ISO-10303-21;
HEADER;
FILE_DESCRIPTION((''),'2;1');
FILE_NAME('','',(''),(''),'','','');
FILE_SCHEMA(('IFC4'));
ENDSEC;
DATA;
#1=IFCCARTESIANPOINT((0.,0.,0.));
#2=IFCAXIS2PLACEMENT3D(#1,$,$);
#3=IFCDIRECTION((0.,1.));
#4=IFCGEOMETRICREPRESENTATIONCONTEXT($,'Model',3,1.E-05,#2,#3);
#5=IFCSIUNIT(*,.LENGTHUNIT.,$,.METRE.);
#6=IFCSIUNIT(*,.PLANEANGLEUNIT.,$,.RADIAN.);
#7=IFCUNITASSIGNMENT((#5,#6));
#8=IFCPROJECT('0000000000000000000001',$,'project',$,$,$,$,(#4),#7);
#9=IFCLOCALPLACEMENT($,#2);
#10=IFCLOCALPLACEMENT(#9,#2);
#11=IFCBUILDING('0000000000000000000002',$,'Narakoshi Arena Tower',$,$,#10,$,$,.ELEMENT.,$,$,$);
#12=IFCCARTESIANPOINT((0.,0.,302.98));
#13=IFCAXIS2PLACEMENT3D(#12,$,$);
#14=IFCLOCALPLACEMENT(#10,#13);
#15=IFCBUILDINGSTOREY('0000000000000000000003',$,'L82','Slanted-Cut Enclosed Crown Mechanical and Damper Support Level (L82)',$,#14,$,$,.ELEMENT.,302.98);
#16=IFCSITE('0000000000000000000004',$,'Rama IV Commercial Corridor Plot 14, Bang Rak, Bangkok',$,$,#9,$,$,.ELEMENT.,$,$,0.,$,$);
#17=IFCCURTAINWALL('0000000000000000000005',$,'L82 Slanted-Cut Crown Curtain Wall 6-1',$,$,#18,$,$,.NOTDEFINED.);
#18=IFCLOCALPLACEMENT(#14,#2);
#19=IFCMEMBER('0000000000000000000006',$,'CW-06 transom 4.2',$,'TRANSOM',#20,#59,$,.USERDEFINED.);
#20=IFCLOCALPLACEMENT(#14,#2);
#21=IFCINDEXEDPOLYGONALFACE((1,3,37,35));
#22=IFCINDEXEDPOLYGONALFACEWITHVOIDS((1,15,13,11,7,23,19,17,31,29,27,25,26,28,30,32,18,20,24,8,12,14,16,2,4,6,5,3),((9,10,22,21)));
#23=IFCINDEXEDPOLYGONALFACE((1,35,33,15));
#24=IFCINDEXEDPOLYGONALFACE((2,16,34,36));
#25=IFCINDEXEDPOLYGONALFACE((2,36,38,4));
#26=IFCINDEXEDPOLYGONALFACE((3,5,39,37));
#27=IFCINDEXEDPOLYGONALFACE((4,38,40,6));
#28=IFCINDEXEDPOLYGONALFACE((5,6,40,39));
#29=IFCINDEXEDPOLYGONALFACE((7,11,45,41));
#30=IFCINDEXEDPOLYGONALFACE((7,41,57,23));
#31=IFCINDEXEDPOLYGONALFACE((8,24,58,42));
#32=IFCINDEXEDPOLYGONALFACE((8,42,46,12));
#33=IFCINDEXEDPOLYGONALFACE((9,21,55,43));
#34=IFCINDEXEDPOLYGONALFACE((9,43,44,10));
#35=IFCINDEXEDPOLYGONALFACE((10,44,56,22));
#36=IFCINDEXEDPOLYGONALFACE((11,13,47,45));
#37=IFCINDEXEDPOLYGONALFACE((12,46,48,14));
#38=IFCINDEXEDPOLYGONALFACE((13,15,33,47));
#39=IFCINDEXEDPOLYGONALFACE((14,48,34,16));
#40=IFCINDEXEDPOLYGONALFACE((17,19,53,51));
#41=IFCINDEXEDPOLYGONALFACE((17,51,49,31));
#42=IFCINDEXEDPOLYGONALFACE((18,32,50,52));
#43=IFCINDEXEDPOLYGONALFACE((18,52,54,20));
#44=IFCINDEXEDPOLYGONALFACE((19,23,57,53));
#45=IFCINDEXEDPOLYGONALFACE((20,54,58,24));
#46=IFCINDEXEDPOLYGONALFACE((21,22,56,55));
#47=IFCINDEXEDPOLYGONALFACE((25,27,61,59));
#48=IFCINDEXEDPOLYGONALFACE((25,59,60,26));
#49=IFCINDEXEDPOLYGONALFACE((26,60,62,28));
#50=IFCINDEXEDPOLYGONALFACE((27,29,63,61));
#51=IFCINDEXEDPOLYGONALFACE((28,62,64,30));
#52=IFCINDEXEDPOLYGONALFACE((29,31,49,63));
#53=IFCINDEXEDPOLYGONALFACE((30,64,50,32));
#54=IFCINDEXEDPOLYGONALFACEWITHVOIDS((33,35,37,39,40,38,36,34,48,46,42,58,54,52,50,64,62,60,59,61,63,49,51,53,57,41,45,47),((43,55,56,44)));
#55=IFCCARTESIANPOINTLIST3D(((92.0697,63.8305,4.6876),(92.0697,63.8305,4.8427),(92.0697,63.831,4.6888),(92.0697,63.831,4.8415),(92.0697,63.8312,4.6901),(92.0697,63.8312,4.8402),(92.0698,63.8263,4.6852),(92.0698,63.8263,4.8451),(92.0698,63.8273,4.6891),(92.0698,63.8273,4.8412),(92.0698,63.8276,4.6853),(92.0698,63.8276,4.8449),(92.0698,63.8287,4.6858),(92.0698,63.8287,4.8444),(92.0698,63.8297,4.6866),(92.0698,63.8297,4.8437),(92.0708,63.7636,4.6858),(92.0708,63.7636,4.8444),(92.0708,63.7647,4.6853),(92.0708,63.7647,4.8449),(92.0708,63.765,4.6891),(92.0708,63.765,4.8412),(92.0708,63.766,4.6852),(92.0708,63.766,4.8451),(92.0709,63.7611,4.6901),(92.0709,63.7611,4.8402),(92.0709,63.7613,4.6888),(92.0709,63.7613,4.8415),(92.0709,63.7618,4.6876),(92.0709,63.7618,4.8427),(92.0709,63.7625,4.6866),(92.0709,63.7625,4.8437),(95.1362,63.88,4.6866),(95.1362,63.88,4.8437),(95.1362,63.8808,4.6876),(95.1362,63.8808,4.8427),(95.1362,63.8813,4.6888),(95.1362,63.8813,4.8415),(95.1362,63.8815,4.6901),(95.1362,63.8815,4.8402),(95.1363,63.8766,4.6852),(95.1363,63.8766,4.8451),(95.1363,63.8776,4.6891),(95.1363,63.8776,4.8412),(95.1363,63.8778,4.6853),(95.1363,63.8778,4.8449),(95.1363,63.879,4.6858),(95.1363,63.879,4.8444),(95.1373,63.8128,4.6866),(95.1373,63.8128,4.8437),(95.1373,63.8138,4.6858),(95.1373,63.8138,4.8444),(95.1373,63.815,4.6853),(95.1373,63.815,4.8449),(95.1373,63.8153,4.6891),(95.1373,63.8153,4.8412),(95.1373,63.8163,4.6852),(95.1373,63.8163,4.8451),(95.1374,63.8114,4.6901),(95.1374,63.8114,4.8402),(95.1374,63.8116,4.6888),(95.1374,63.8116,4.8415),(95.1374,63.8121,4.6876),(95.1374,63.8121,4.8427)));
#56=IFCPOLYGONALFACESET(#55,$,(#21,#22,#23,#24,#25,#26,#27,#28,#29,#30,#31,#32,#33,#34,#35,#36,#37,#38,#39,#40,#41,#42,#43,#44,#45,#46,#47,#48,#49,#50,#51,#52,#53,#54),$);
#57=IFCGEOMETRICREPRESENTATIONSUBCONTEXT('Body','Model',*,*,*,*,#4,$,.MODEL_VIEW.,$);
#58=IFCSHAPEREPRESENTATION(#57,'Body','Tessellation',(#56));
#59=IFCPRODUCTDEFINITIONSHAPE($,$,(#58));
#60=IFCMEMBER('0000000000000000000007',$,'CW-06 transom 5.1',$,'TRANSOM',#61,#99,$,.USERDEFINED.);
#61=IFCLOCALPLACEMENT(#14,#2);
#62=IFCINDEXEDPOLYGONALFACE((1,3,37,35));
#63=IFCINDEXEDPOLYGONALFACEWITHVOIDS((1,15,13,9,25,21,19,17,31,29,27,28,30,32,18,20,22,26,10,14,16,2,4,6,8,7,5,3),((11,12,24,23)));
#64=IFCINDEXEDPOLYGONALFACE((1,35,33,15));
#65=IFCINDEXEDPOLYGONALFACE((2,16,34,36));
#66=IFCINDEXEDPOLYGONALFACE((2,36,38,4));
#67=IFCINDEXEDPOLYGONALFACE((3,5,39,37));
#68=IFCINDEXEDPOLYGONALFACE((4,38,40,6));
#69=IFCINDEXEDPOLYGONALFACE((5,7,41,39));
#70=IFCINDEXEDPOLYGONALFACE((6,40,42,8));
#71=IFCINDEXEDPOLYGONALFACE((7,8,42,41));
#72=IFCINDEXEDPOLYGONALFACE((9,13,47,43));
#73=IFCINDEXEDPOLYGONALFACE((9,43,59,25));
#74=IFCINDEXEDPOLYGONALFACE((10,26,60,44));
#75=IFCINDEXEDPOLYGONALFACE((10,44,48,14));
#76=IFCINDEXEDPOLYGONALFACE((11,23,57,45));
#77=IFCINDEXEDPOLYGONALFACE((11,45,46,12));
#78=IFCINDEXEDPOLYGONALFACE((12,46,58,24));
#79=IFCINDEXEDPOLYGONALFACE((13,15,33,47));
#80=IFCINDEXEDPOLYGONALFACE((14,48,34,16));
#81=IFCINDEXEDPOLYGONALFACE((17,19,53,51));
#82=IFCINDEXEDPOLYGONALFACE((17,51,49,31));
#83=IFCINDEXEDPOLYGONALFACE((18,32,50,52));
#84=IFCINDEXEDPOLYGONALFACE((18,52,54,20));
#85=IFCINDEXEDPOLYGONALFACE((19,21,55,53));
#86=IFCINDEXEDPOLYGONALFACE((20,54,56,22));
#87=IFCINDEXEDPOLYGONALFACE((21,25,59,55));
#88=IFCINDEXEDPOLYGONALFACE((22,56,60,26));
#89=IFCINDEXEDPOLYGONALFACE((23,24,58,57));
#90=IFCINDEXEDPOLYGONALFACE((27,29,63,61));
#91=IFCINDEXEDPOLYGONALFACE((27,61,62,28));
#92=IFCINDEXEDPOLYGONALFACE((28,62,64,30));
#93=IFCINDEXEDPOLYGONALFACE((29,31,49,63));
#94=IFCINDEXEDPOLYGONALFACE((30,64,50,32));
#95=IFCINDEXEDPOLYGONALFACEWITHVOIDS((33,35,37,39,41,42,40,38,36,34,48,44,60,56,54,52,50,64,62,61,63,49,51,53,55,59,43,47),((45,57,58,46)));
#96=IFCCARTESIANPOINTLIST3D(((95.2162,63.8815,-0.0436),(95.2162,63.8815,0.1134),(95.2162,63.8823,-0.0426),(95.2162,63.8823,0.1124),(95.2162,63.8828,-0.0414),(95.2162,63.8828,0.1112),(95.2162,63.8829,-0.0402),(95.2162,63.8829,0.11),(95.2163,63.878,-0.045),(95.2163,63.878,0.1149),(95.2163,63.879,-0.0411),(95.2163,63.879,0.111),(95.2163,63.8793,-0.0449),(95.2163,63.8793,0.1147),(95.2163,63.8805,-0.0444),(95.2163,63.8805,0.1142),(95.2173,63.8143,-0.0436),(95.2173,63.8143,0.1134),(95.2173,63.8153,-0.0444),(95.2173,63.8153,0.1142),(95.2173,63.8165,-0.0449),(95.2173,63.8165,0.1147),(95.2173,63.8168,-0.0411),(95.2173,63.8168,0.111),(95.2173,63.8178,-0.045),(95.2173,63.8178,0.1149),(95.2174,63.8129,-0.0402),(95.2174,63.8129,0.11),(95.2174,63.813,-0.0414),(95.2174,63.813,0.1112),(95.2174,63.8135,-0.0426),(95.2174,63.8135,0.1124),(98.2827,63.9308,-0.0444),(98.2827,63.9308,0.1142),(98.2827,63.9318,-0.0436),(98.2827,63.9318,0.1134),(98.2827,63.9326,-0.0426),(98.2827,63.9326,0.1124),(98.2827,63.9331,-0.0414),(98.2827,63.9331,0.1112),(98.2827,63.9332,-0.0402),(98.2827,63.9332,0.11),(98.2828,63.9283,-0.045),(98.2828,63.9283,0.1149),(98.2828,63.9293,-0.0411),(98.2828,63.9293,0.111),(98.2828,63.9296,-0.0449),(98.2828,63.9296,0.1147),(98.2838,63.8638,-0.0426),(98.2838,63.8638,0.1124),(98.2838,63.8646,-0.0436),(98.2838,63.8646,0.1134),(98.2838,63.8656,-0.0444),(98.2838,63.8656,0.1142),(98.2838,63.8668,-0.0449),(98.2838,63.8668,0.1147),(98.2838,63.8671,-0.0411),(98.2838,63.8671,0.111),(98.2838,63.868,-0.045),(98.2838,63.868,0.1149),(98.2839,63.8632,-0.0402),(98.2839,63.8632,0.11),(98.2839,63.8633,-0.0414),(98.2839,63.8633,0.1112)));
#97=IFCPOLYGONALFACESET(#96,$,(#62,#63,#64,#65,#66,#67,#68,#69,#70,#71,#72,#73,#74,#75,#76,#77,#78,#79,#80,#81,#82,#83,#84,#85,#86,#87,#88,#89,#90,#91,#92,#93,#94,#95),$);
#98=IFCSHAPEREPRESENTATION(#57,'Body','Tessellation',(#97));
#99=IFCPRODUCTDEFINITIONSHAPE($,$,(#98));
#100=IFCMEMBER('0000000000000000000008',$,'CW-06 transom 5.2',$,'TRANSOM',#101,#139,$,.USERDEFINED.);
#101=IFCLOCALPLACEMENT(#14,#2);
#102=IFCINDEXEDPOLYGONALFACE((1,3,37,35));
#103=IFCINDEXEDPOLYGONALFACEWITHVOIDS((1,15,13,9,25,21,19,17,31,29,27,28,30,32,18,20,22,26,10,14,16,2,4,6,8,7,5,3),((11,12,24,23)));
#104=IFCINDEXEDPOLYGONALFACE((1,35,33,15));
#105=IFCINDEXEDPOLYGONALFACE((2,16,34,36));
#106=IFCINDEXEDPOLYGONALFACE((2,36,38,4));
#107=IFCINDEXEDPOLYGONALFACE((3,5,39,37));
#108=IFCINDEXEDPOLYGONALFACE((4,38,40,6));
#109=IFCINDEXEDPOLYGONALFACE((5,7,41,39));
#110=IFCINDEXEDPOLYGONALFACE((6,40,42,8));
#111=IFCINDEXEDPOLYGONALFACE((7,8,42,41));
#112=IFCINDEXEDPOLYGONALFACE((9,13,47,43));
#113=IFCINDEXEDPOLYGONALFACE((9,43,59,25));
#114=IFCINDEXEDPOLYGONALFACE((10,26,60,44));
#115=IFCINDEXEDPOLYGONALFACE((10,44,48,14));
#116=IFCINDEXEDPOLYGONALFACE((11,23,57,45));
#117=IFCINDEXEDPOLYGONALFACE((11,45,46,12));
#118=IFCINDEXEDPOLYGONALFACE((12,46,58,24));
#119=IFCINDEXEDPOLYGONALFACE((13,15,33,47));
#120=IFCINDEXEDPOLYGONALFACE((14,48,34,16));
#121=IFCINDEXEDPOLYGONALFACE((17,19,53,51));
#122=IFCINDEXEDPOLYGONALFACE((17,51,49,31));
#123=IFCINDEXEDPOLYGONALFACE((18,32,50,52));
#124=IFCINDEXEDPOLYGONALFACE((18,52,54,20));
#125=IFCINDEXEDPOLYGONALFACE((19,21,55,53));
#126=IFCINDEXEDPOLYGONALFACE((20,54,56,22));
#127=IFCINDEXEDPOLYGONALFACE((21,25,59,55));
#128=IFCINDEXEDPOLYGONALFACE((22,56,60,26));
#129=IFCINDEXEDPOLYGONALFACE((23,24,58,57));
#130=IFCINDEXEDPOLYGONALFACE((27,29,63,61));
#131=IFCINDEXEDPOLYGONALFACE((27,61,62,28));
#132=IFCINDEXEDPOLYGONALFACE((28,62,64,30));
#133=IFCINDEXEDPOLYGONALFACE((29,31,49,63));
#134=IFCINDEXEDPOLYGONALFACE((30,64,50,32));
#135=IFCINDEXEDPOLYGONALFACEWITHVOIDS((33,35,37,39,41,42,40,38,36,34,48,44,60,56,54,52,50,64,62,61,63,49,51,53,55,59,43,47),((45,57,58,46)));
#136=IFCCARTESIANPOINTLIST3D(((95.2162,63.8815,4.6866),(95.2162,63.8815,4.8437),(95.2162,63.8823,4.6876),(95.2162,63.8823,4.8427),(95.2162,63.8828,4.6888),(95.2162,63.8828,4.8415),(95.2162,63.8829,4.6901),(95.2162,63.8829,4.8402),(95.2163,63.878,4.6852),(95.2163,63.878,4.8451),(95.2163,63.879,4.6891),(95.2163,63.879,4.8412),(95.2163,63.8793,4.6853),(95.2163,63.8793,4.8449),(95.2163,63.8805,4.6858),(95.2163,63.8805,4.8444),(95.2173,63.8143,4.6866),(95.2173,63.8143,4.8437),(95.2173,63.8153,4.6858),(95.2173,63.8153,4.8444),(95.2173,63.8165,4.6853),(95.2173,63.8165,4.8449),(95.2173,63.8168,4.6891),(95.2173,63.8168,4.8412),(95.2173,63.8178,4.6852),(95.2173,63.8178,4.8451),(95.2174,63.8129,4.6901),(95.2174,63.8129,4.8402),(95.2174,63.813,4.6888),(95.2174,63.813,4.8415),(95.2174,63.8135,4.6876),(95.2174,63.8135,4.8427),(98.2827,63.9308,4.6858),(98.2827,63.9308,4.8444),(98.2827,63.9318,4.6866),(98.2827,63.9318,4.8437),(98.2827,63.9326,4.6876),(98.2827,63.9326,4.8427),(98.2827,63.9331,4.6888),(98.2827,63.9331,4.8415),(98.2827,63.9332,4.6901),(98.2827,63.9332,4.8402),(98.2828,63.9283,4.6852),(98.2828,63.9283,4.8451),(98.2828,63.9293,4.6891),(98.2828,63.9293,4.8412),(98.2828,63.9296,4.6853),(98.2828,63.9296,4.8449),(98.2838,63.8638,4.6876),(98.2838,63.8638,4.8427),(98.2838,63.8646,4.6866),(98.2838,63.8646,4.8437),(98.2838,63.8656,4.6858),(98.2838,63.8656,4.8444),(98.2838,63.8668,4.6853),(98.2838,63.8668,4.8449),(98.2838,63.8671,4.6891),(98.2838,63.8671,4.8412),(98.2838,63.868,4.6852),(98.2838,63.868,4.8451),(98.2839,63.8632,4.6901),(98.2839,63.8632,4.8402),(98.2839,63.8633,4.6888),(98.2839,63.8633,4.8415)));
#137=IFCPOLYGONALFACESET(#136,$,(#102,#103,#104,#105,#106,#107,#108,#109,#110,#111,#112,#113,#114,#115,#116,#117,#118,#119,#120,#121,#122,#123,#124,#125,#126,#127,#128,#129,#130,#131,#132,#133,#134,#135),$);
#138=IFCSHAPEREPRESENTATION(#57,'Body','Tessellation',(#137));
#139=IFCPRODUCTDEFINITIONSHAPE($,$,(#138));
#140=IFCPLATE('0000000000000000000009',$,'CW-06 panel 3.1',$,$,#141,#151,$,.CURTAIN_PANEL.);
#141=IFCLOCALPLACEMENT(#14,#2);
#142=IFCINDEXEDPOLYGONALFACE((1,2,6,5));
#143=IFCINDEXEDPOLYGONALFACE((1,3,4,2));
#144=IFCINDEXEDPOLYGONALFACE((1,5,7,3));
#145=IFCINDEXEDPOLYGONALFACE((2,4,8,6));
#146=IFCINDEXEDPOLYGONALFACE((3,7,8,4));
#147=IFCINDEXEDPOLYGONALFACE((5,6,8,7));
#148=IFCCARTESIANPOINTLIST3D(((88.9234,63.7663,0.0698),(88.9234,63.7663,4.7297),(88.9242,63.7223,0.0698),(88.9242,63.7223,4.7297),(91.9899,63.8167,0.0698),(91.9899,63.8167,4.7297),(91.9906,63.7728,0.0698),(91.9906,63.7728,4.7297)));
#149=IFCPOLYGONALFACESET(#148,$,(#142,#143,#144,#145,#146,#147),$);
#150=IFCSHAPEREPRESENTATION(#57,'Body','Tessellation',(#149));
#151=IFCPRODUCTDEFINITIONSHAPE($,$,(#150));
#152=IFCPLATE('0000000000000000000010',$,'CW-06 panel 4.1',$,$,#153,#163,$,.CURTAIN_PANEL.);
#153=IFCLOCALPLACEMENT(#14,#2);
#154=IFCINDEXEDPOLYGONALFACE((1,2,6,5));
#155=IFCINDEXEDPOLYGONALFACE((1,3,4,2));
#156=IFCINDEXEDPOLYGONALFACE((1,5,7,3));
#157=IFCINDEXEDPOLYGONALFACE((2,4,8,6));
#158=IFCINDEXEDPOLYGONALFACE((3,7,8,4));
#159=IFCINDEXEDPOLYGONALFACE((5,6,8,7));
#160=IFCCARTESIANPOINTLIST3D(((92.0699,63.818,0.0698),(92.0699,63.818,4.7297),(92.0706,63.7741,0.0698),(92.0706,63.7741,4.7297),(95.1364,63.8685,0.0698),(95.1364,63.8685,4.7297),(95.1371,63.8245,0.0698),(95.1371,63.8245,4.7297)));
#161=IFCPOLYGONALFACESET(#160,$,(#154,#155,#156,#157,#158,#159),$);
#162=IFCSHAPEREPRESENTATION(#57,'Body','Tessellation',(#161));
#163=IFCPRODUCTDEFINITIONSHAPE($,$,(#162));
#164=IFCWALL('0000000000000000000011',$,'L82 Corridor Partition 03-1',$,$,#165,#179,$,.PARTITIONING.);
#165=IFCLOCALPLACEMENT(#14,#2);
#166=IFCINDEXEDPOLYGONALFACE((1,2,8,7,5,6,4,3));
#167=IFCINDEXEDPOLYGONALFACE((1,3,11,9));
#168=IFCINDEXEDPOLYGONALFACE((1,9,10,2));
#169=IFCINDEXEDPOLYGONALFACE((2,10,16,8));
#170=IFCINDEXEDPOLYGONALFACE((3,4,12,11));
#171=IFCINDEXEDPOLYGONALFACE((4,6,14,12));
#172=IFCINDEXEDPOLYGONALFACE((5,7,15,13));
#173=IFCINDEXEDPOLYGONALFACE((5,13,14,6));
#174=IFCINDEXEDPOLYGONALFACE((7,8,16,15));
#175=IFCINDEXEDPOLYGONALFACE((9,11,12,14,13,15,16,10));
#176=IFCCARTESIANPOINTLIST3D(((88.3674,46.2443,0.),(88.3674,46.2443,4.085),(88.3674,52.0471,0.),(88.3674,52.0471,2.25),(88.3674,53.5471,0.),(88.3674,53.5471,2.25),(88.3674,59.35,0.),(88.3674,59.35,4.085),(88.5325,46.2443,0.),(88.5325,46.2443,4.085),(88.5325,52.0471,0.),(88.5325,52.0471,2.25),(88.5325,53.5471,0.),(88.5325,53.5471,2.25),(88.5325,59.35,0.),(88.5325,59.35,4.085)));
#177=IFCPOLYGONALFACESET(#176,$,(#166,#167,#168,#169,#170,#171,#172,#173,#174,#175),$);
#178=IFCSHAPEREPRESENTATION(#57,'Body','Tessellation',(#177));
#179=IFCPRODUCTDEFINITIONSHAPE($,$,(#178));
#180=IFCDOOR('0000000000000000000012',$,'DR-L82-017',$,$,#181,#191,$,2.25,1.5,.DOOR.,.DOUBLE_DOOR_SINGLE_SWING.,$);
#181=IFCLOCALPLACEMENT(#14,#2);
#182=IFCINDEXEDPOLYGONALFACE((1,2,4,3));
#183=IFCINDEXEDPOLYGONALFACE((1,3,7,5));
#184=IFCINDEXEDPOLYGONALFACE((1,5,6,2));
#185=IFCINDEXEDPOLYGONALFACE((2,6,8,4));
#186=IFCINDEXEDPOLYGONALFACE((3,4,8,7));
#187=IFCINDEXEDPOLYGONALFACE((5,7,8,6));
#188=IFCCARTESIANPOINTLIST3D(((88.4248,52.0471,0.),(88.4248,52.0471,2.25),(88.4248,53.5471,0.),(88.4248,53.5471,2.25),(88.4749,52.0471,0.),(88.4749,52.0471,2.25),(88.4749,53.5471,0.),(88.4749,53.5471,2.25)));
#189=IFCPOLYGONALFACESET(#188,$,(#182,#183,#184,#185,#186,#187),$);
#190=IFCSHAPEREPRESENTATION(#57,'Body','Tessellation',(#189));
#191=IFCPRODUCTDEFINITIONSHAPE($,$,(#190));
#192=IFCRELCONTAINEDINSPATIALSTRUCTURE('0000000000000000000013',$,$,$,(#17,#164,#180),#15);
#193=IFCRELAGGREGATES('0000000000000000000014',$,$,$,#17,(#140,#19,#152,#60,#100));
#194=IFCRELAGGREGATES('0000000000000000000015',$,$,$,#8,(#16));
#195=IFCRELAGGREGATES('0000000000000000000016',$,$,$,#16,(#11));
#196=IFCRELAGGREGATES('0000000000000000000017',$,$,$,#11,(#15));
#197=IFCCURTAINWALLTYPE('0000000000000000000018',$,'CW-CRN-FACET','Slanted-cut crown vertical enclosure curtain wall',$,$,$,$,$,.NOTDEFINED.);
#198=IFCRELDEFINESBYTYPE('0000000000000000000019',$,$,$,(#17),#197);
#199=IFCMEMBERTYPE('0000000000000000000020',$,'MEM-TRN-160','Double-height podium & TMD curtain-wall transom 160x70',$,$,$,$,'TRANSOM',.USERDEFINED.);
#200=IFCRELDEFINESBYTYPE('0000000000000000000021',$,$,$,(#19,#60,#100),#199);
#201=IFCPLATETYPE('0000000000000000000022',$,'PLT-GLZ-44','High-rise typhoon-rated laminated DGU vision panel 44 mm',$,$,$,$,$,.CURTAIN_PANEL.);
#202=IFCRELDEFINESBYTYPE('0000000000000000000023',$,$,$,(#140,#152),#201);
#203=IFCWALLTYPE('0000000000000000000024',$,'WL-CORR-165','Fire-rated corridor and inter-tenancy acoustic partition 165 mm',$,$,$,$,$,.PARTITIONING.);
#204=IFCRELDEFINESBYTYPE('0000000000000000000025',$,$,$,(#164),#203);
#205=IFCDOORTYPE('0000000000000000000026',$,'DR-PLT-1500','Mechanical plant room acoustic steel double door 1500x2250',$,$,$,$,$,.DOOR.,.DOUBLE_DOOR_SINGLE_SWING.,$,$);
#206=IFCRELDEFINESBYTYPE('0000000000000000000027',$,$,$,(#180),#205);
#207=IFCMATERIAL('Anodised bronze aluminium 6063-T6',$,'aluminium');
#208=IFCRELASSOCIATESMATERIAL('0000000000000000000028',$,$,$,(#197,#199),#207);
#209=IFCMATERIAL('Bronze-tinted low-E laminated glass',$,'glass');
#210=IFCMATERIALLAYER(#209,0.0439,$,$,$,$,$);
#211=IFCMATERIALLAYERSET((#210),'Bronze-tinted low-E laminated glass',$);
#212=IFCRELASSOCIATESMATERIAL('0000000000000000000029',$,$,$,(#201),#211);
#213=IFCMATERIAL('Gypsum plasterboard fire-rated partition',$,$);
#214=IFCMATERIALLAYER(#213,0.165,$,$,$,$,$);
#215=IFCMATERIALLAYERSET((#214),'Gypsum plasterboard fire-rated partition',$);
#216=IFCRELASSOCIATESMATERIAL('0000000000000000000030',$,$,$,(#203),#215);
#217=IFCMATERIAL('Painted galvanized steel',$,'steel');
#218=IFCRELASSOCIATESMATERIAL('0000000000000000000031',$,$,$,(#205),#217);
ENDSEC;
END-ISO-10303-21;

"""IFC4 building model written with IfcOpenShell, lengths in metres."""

from ifc_helpers import new_model, si_unit, direction, frame, frame_2d, origin, origin_2d, place, context, subcontext, project, spatial, rectangle, hollow_rectangle, extrude, material, layer, layer_set, material_profile, profile_set, type_object, element, fill, aggregate, save


model = new_model("IFC4")

# Units and contexts
model_context = context("Model", 3, precision=1e-05, world=origin(), true_north=direction((0.0, 1.0)))
body_context = subcontext(model_context, "Body", "Model", "MODEL_VIEW")
ifc_project = project(units=[si_unit("LENGTHUNIT", "METRE"), si_unit("PLANEANGLEUNIT", "RADIAN")], contexts=[model_context])

# Site, building, storey
site_placement = place(None, origin())
site = spatial("IfcSite", under=ifc_project, at=site_placement, Name="Rama IV Commercial Corridor Plot 14, Bang Rak, Bangkok", CompositionType="ELEMENT", RefElevation=0.0)
building_placement = place(site_placement, origin())
building = spatial("IfcBuilding", under=site, at=building_placement, Name="Narakoshi Arena Tower", CompositionType="ELEMENT")
storey_placement = place(building_placement, frame((0.0, 0.0, 302.98)))
storey = spatial("IfcBuildingStorey", under=building, at=storey_placement, Name="L82", Description="Slanted-Cut Enclosed Crown Mechanical and Damper Support Level (L82)", CompositionType="ELEMENT", Elevation=302.98)

# Curtain wall, members, plates
ifc_material_1 = material(Name="Anodised bronze aluminium 6063-T6", Category="aluminium")
curtain_wall_type = type_object("IfcCurtainWallType", Name="CW-CRN-FACET", Description="Slanted-cut crown vertical enclosure curtain wall", PredefinedType="NOTDEFINED", material=ifc_material_1)
curtain_wall_placement = place(storey_placement, origin())
curtain_wall = element("IfcCurtainWall", 1, at=curtain_wall_placement, inside=storey, type_object=curtain_wall_type, Name="L82 Slanted-Cut Crown Curtain Wall 6-1", PredefinedType="NOTDEFINED")
ifc_material_profile_1 = material_profile(ifc_material_1, hollow_rectangle(XDim=0.0701, YDim=0.1599, WallThickness=0.0039, OuterFilletRadius=0.0049, at=origin_2d()), Name="TRN160x70x4")
ifc_profile_set_1 = profile_set([ifc_material_profile_1], Name="Anodised bronze aluminium 6063-T6")
member_type_1 = type_object("IfcMemberType", Name="MEM-TRN-160", Description="Double-height podium & TMD curtain-wall transom 160x70", ElementType="TRANSOM", PredefinedType="USERDEFINED", material=ifc_profile_set_1)
member_1_placement = place(storey_placement, frame((92.0703, 63.7961, 4.7651), z_axis=(0.999866, 0.016399, 0.0), x_axis=(-0.016399, 0.999866, 0.0)))
member_1 = element("IfcMember", 2, at=member_1_placement, type_object=member_type_1, Name="CW-06 transom 4.2", ObjectType="TRANSOM", PredefinedType="USERDEFINED", context=body_context, shape_type="SweptSolid", body=[
    extrude(hollow_rectangle(XDim=0.0701, YDim=0.1599, WallThickness=0.0039, OuterFilletRadius=0.0049, at=origin_2d()), origin(), (0.0, 0.0, 1.0), 3.0669),
])
member_2_placement = place(storey_placement, frame((95.2168, 63.8479, 0.0349), z_axis=(0.999866, 0.016399, 0.0), x_axis=(-0.016399, 0.999866, 0.0)))
member_2 = element("IfcMember", 3, at=member_2_placement, type_object=member_type_1, Name="CW-06 transom 5.1", ObjectType="TRANSOM", PredefinedType="USERDEFINED", context=body_context, shape_type="SweptSolid", body=[
    extrude(hollow_rectangle(XDim=0.0701, YDim=0.1599, WallThickness=0.0039, OuterFilletRadius=0.0049, at=origin_2d()), origin(), (0.0, 0.0, 1.0), 3.0669),
])
member_3_placement = place(storey_placement, frame((95.2168, 63.8479, 4.7651), z_axis=(0.999866, 0.016399, 0.0), x_axis=(-0.016399, 0.999866, 0.0)))
member_3 = element("IfcMember", 4, at=member_3_placement, type_object=member_type_1, Name="CW-06 transom 5.2", ObjectType="TRANSOM", PredefinedType="USERDEFINED", context=body_context, shape_type="SweptSolid", body=[
    extrude(hollow_rectangle(XDim=0.0701, YDim=0.1599, WallThickness=0.0039, OuterFilletRadius=0.0049, at=origin_2d()), origin(), (0.0, 0.0, 1.0), 3.0669),
])
ifc_material_2 = material(Name="Bronze-tinted low-E laminated glass", Category="glass")
ifc_layer_1 = layer(ifc_material_2, 0.0439)
ifc_layer_set_1 = layer_set([ifc_layer_1], Name="Bronze-tinted low-E laminated glass")
plate_type = type_object("IfcPlateType", Name="PLT-GLZ-44", Description="High-rise typhoon-rated laminated DGU vision panel 44 mm", PredefinedType="CURTAIN_PANEL", material=ifc_layer_set_1)
plate_1_placement = place(storey_placement, frame((90.457, 63.7695, 0.0698), z_axis=(0.0, 0.0, 1.0), x_axis=(0.999865, 0.016447, 0.0)))
plate_1 = element("IfcPlate", 5, at=plate_1_placement, type_object=plate_type, Name="CW-06 panel 3.1", PredefinedType="CURTAIN_PANEL", context=body_context, shape_type="SweptSolid", body=[
    extrude(rectangle(XDim=3.0669, YDim=0.0439, at=origin_2d()), origin(), (0.0, 0.0, 1.0), 4.6599),
])
plate_2_placement = place(storey_placement, frame((93.6035, 63.8213, 0.0698), z_axis=(0.0, 0.0, 1.0), x_axis=(0.999865, 0.016447, 0.0)))
plate_2 = element("IfcPlate", 6, at=plate_2_placement, type_object=plate_type, Name="CW-06 panel 4.1", PredefinedType="CURTAIN_PANEL", context=body_context, shape_type="SweptSolid", body=[
    extrude(rectangle(XDim=3.0669, YDim=0.0439, at=origin_2d()), origin(), (0.0, 0.0, 1.0), 4.6599),
])
aggregate(curtain_wall, [plate_1, member_1, plate_2, member_2, member_3])

# Wall, opening, door
ifc_material_3 = material(Name="Gypsum plasterboard fire-rated partition")
ifc_layer_2 = layer(ifc_material_3, 0.165)
ifc_layer_set_2 = layer_set([ifc_layer_2], Name="Gypsum plasterboard fire-rated partition")
wall_type_1 = type_object("IfcWallType", Name="WL-CORR-165", Description="Fire-rated corridor and inter-tenancy acoustic partition 165 mm", PredefinedType="PARTITIONING", material=ifc_layer_set_2)
wall_1_placement = place(storey_placement, frame((88.45, 46.2444, 0.0), z_axis=(0.0, 0.0, 1.0), x_axis=(0.0, 1.0, 0.0)))
wall_1 = element("IfcWall", 7, at=wall_1_placement, inside=storey, type_object=wall_type_1, Name="L82 Corridor Partition 03-1", PredefinedType="PARTITIONING", context=body_context, shape_type="SweptSolid", body=[
    extrude(rectangle(XDim=13.1057, YDim=0.165, at=frame_2d((6.5527, 0.0))), origin(), (0.0, 0.0, 1.0), 4.085),
])
opening_1_placement = place(wall_1_placement, frame((5.8027, 0.0, 0.0)))
opening_1 = element("IfcOpeningElement", 8, at=opening_1_placement, cuts=wall_1, PredefinedType="OPENING", context=body_context, shape_type="SweptSolid", body=[
    extrude(rectangle(XDim=1.5, YDim=2.25, at=frame_2d((0.75, 1.125))), frame((0.0, 0.0925, 0.0), z_axis=(0.0, -1.0, 0.0), x_axis=(1.0, 0.0, 0.0)), (0.0, 0.0, 1.0), 0.1851),
])
ifc_material_4 = material(Name="Painted galvanized steel", Category="steel")
door_type = type_object("IfcDoorType", Name="DR-PLT-1500", Description="Mechanical plant room acoustic steel double door 1500x2250", OperationType="DOUBLE_DOOR_SINGLE_SWING", PredefinedType="DOOR", material=ifc_material_4)
door_placement = place(opening_1_placement, frame((1.5, 0.0, 0.0), z_axis=(0.0, 0.0, 1.0), x_axis=(-1.0, 0.0, 0.0)))
door = element("IfcDoor", 9, at=door_placement, inside=storey, type_object=door_type, Name="DR-L82-017", OperationType="DOUBLE_DOOR_SINGLE_SWING", OverallHeight=2.25, OverallWidth=1.5, PredefinedType="DOOR", context=body_context, shape_type="SweptSolid", body=[
    extrude(rectangle(XDim=1.5, YDim=2.25, at=frame_2d((0.75, 1.125))), frame((0.0, 0.0249, 0.0), z_axis=(0.0, -1.0, 0.0), x_axis=(1.0, 0.0, 0.0)), (0.0, 0.0, 1.0), 0.05),
])
fill(opening_1, door)

save(model, "model.ifc")
